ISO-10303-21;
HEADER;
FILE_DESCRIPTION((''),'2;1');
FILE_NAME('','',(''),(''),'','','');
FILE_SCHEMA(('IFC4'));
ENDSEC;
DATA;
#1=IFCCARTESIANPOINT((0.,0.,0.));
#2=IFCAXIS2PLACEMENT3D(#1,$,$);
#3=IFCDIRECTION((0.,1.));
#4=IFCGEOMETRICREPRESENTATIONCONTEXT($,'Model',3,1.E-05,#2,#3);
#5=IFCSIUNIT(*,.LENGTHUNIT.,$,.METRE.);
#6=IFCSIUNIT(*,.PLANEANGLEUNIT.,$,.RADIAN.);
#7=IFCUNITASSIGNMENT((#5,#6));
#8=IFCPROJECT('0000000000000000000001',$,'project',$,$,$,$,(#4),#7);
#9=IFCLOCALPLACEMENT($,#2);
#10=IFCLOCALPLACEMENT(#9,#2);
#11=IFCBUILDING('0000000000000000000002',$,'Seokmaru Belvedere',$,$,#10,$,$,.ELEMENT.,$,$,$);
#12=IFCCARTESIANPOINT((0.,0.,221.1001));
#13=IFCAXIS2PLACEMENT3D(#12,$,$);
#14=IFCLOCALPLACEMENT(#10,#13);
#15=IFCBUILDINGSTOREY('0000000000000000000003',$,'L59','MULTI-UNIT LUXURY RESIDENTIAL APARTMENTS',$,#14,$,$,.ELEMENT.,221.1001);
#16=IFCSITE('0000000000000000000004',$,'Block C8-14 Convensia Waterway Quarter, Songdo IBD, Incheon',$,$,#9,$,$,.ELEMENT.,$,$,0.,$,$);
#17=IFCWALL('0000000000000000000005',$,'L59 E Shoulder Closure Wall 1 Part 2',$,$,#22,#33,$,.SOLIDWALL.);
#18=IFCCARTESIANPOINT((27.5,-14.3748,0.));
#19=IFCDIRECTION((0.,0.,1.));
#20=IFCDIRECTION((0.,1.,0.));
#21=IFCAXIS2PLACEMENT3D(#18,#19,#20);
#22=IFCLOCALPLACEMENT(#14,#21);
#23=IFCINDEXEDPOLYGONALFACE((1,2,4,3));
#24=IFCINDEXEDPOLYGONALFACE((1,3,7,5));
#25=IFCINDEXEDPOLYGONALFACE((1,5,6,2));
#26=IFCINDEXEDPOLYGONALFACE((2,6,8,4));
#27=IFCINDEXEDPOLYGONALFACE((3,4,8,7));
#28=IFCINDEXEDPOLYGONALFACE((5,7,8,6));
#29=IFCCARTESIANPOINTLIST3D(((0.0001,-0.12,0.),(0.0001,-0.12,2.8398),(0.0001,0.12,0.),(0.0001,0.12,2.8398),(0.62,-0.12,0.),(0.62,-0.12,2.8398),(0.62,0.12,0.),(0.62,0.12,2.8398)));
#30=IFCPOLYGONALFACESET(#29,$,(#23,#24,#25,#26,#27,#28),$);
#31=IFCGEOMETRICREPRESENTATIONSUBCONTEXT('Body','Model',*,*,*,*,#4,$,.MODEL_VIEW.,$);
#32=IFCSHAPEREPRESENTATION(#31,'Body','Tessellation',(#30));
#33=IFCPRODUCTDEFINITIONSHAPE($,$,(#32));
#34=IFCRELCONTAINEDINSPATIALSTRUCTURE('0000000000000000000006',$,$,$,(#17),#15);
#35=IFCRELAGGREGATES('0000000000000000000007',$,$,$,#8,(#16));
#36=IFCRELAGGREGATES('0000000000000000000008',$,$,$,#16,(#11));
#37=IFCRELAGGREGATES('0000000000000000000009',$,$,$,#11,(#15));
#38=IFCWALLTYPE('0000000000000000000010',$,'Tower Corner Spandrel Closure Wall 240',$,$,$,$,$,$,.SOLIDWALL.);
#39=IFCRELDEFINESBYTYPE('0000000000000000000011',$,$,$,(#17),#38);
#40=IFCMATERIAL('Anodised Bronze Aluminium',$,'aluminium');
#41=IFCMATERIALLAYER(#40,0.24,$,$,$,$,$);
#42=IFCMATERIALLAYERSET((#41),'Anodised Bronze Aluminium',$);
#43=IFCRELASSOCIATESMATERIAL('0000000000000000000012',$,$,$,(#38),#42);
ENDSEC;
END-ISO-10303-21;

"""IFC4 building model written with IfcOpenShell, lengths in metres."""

from ifc_helpers import new_model, si_unit, direction, frame, frame_2d, origin, place, context, subcontext, project, spatial, rectangle, extrude, material, layer, layer_set, type_object, element, save


model = new_model("IFC4")

# Units and contexts
model_context = context("Model", 3, precision=1e-05, world=origin(), true_north=direction((0.0, 1.0)))
body_context = subcontext(model_context, "Body", "Model", "MODEL_VIEW")
ifc_project = project(units=[si_unit("LENGTHUNIT", "METRE"), si_unit("PLANEANGLEUNIT", "RADIAN")], contexts=[model_context])

# Site, building, storey
site_placement = place(None, origin())
site = spatial("IfcSite", under=ifc_project, at=site_placement, Name="Block C8-14 Convensia Waterway Quarter, Songdo IBD, Incheon", CompositionType="ELEMENT", RefElevation=0.0)
building_placement = place(site_placement, origin())
building = spatial("IfcBuilding", under=site, at=building_placement, Name="Seokmaru Belvedere", CompositionType="ELEMENT")
storey_placement = place(building_placement, frame((0.0, 0.0, 221.1001)))
storey = spatial("IfcBuildingStorey", under=building, at=storey_placement, Name="L59", Description="MULTI-UNIT LUXURY RESIDENTIAL APARTMENTS", CompositionType="ELEMENT", Elevation=221.1001)

# Shared definitions
ifc_material_1 = material(Name="Anodised Bronze Aluminium", Category="aluminium")

# Wall
ifc_layer_1 = layer(ifc_material_1, 0.24)
ifc_layer_set_1 = layer_set([ifc_layer_1], Name="Anodised Bronze Aluminium")
wall_type_1 = type_object("IfcWallType", Name="Tower Corner Spandrel Closure Wall 240", PredefinedType="SOLIDWALL", material=ifc_layer_set_1)
for number, where, z_axis, x_axis, name in (
    (1, (27.5, -14.3748, 0.0), (0.0, 0.0, 1.0), (0.0, 1.0, 0.0), "L59 E Shoulder Closure Wall 1 Part 2"),
):
    element("IfcWall", number, at=place(storey_placement, frame(where, z_axis=z_axis, x_axis=x_axis)), inside=storey, type_object=wall_type_1, Name=name, PredefinedType="SOLIDWALL", context=body_context, shape_type="SweptSolid", body=[
        extrude(rectangle(XDim=0.6199, YDim=0.24, at=frame_2d((0.3101, 0.0))), origin(), (0.0, 0.0, 1.0), 2.8398),
    ])

save(model, "model.ifc")
